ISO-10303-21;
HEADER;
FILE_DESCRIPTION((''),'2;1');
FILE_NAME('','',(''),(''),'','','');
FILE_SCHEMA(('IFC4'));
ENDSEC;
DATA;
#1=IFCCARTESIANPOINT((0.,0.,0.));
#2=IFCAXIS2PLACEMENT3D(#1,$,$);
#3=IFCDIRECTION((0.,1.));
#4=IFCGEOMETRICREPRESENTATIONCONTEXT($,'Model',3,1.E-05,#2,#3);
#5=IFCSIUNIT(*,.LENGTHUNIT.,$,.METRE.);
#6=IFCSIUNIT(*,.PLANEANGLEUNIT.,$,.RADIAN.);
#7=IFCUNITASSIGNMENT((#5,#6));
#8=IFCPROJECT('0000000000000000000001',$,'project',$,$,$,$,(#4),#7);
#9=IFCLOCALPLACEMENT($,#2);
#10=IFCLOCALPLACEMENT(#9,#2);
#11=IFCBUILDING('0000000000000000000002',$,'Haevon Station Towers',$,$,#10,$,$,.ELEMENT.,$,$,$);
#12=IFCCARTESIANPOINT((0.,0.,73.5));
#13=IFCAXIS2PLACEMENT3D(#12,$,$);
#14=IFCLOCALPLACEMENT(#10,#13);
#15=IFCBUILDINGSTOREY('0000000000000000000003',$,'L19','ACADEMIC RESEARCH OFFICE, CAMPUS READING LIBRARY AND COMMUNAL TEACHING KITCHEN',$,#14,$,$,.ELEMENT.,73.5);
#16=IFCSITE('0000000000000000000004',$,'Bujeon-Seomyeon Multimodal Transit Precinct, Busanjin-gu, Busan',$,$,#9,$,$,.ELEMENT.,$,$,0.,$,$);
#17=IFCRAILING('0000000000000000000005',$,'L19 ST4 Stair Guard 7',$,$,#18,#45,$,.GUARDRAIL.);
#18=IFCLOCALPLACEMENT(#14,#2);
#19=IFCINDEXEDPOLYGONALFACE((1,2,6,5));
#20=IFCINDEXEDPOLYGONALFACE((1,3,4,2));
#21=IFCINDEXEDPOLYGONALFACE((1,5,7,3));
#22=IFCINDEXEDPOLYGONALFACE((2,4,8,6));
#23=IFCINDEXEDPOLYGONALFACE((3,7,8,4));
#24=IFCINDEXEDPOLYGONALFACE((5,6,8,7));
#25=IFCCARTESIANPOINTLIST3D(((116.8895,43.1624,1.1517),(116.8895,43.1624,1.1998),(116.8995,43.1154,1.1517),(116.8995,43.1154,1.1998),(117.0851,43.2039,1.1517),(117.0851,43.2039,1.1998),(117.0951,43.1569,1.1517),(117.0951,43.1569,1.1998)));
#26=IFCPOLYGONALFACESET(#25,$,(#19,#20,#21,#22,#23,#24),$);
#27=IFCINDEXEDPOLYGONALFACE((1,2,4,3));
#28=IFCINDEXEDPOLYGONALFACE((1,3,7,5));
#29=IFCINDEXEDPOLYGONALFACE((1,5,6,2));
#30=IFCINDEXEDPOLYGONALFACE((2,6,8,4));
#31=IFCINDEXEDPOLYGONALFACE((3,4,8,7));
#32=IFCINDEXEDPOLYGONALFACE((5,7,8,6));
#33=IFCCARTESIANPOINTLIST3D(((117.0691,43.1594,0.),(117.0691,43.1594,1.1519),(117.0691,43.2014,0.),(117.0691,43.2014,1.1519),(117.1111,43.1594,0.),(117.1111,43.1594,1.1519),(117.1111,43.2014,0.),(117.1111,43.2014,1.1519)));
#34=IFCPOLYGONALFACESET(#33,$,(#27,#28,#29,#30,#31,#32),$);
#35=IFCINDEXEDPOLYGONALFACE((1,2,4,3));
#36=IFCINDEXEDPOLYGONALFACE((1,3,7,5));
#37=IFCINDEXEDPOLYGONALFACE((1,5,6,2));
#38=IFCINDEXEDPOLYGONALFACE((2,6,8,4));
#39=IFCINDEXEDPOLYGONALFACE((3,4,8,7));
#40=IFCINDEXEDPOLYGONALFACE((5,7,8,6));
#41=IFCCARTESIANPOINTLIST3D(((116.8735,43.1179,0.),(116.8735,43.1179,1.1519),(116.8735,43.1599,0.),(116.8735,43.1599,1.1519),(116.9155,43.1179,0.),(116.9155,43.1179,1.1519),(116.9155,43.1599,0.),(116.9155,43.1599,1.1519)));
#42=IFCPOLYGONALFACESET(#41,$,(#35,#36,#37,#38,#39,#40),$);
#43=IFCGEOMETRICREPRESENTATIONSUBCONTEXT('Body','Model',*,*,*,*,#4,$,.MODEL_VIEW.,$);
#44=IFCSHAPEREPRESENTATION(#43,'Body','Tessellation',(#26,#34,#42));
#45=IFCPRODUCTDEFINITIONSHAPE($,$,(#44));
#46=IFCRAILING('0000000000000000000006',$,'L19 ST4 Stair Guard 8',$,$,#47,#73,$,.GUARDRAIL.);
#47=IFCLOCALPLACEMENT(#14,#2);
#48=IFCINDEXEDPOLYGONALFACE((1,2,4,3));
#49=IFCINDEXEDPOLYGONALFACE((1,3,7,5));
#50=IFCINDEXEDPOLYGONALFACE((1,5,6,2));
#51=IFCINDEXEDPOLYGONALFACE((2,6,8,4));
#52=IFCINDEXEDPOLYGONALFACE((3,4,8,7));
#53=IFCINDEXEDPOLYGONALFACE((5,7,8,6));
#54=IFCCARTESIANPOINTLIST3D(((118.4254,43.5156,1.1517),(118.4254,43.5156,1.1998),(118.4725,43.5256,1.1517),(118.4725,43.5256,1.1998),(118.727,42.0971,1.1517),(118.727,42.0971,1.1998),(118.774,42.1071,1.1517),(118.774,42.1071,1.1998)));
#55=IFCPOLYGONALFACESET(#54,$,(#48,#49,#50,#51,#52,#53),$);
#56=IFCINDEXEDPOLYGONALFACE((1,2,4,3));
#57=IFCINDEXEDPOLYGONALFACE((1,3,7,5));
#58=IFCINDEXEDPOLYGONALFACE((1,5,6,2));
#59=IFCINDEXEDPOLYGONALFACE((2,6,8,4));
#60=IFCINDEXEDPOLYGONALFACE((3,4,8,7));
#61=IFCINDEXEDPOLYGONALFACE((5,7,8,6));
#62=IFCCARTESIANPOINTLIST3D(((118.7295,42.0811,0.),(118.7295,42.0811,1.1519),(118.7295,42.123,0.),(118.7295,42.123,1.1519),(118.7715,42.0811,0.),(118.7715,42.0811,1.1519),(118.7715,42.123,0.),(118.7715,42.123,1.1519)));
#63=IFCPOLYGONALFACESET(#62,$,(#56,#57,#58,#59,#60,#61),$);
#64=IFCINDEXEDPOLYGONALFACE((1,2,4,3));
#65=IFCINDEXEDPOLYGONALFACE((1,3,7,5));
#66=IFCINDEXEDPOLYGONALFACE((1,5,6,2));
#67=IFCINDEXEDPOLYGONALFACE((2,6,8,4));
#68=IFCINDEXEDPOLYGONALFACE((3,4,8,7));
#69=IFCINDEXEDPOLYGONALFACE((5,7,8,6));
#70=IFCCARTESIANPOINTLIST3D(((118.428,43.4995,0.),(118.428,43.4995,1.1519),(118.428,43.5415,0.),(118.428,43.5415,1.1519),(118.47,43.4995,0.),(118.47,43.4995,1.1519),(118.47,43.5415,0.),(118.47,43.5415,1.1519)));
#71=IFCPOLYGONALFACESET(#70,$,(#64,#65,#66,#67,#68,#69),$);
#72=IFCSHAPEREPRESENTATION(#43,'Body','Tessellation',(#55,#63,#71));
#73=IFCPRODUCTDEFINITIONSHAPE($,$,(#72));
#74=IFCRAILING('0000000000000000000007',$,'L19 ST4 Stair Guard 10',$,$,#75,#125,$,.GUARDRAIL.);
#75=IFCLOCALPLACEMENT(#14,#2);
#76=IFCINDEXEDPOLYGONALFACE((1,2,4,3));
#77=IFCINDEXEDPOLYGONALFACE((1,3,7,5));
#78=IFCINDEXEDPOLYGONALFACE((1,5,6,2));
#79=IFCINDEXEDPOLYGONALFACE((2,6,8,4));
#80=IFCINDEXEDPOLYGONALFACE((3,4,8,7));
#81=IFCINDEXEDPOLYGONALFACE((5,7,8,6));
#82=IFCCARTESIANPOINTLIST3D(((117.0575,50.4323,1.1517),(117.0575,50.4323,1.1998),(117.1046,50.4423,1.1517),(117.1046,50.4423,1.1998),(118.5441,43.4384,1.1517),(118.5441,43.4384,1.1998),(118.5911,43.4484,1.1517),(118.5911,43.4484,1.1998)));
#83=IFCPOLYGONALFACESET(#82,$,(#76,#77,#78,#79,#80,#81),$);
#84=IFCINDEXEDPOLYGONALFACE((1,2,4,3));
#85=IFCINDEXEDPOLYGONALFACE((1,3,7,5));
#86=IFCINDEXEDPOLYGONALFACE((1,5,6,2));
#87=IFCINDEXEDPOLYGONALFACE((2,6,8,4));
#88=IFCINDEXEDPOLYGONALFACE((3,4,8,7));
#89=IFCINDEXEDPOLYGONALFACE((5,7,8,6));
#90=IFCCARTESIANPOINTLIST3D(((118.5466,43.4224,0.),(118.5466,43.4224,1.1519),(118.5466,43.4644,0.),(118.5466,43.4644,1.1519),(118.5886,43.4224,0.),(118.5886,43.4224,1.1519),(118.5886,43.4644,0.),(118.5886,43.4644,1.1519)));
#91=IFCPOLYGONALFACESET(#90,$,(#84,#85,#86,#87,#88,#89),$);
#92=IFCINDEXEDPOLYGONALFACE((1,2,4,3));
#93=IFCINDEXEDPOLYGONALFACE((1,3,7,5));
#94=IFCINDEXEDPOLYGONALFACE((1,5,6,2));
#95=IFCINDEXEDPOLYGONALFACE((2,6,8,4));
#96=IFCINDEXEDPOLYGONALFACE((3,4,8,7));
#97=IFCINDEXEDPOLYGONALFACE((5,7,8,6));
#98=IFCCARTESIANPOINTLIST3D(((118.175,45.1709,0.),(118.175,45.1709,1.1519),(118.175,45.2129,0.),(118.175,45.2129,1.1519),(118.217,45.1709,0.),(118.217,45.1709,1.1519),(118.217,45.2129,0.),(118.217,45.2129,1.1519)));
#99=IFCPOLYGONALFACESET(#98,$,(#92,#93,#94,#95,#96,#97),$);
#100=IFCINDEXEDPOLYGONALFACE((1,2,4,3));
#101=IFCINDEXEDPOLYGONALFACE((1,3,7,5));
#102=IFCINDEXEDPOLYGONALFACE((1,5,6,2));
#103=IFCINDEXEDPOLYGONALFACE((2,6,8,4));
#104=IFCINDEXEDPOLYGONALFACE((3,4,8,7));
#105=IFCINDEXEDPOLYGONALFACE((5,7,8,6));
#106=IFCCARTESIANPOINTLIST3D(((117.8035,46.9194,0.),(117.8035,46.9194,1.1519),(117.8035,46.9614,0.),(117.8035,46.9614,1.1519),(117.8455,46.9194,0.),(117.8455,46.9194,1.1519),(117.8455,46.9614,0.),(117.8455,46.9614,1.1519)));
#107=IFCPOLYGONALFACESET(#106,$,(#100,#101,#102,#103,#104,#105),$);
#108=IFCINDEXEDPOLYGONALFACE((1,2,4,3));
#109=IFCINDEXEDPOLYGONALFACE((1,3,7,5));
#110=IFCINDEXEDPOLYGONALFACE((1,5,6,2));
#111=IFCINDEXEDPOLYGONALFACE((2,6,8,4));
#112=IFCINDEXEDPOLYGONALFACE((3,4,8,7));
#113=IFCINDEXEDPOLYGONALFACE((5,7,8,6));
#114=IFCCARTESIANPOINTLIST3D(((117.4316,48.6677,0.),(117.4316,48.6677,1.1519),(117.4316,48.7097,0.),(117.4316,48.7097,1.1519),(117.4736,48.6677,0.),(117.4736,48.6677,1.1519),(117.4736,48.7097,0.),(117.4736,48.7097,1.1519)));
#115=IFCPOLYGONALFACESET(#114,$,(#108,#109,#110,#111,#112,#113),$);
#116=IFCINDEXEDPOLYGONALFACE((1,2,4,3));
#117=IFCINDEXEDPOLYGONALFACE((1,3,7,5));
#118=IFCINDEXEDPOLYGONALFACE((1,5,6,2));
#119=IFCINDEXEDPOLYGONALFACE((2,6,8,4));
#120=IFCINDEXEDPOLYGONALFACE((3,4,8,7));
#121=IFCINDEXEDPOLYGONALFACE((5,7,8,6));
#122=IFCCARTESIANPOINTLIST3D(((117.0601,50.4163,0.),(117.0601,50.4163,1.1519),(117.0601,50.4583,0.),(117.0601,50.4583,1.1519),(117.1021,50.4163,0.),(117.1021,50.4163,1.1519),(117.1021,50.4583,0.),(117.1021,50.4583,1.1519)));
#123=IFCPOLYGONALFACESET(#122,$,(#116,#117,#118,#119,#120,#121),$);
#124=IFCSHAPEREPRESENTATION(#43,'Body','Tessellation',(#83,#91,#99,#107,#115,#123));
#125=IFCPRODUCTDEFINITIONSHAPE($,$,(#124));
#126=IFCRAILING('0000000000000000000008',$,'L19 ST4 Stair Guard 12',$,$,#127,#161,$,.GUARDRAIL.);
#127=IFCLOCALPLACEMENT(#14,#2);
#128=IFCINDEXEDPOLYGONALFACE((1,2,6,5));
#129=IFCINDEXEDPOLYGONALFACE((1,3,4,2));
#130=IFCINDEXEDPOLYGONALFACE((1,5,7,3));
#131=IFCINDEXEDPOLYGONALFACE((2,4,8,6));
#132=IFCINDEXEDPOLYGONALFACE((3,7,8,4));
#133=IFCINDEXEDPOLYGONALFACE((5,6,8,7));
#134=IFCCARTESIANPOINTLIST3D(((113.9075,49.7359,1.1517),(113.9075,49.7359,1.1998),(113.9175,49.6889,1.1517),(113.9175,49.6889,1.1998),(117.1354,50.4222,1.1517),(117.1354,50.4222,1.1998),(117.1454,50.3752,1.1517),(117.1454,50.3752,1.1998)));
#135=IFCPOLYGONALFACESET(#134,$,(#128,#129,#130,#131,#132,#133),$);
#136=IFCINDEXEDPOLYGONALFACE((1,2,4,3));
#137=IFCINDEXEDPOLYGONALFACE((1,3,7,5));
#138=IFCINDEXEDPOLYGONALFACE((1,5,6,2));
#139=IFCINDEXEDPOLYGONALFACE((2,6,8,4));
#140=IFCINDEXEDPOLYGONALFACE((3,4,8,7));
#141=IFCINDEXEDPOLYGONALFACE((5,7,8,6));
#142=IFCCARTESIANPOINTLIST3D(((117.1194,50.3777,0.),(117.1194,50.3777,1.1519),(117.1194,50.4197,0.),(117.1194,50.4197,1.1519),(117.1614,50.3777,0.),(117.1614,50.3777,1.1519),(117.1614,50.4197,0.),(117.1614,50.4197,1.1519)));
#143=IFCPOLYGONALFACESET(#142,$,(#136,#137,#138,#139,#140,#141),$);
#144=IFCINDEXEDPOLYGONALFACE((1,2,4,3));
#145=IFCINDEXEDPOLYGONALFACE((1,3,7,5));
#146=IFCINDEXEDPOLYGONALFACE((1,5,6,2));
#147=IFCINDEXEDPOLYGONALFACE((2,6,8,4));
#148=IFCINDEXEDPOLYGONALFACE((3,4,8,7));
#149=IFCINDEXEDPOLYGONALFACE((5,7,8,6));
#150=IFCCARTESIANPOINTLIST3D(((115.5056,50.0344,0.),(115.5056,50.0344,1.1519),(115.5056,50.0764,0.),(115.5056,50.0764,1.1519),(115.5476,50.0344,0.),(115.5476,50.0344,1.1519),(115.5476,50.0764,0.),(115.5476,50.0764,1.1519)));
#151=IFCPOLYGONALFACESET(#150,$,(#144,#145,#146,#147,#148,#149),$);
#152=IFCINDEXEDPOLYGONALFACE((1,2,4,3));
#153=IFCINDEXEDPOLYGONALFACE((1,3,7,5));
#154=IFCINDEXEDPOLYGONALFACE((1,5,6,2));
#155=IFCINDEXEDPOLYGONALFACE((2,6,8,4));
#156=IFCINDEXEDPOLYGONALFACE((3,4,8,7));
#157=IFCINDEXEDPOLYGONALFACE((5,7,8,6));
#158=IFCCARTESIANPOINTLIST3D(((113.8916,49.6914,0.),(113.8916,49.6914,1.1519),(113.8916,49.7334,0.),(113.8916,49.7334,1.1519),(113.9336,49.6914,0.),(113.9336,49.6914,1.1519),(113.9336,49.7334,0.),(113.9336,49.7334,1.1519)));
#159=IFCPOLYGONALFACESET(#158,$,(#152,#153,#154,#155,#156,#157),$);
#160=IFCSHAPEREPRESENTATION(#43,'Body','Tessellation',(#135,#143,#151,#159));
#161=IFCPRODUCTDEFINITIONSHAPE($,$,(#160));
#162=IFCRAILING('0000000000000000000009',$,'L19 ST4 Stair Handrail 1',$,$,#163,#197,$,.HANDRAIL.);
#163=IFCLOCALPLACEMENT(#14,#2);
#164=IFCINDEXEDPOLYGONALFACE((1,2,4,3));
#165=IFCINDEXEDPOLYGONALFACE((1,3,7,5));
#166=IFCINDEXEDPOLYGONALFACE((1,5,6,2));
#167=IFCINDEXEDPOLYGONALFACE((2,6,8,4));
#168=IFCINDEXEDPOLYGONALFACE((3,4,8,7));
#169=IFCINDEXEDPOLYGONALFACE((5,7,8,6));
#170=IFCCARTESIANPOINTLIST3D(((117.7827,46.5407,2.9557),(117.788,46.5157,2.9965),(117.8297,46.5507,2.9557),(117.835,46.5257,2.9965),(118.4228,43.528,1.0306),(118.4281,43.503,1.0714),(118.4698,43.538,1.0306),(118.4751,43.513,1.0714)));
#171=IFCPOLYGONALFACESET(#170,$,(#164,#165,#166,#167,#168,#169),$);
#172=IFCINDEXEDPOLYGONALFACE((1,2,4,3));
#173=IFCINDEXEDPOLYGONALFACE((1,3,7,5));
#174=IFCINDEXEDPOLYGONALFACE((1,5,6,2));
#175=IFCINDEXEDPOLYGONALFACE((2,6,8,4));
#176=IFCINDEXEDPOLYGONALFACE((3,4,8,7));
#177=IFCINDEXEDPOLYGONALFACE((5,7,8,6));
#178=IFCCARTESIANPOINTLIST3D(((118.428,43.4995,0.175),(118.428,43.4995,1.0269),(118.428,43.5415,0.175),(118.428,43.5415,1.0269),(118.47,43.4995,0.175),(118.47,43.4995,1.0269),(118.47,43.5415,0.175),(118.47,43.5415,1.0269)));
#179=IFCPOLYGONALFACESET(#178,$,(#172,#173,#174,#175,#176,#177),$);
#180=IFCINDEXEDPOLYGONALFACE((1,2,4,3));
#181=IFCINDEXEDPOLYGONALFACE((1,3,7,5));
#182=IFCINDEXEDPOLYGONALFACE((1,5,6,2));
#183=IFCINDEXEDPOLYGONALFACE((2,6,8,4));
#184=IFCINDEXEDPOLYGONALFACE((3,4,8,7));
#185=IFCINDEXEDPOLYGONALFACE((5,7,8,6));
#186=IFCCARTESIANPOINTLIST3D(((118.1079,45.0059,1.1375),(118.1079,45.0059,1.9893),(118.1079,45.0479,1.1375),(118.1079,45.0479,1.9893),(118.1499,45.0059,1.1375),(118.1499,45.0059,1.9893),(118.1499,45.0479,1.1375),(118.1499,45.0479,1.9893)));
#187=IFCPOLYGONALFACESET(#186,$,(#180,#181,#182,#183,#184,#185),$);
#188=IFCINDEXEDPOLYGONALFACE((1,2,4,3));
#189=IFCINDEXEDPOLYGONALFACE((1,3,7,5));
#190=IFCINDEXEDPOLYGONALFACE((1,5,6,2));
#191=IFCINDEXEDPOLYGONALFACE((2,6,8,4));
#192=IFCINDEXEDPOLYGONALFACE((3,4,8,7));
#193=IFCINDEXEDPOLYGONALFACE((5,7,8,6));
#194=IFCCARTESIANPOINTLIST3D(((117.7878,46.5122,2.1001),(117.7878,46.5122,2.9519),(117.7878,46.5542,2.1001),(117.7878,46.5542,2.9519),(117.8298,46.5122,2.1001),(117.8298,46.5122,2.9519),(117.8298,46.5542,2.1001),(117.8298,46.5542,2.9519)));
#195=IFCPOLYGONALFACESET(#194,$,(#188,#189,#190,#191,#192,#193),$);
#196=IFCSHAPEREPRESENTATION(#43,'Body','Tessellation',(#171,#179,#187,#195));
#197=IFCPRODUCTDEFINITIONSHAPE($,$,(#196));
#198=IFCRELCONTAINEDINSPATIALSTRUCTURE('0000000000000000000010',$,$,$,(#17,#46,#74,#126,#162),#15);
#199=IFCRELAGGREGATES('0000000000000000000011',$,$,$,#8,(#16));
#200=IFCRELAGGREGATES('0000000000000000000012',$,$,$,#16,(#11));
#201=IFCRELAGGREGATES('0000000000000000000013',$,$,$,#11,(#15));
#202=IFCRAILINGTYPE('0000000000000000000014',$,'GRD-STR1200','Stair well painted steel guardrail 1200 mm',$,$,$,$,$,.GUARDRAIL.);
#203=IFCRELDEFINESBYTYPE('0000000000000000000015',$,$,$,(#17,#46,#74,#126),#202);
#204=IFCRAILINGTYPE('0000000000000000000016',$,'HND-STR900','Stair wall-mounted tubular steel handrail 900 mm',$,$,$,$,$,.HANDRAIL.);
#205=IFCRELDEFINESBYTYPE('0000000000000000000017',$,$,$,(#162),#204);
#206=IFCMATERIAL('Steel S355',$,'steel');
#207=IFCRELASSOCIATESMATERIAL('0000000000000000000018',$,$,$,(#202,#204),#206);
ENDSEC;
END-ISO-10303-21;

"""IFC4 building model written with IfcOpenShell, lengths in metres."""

from ifc_helpers import new_model, si_unit, direction, frame, origin, origin_2d, place, context, subcontext, project, spatial, rectangle, extrude, material, type_object, element, save


model = new_model("IFC4")

# Units and contexts
model_context = context("Model", 3, precision=1e-05, world=origin(), true_north=direction((0.0, 1.0)))
body_context = subcontext(model_context, "Body", "Model", "MODEL_VIEW")
ifc_project = project(units=[si_unit("LENGTHUNIT", "METRE"), si_unit("PLANEANGLEUNIT", "RADIAN")], contexts=[model_context])

# Site, building, storey
site_placement = place(None, origin())
site = spatial("IfcSite", under=ifc_project, at=site_placement, Name="Bujeon-Seomyeon Multimodal Transit Precinct, Busanjin-gu, Busan", CompositionType="ELEMENT", RefElevation=0.0)
building_placement = place(site_placement, origin())
building = spatial("IfcBuilding", under=site, at=building_placement, Name="Haevon Station Towers", CompositionType="ELEMENT")
storey_placement = place(building_placement, frame((0.0, 0.0, 73.5)))
storey = spatial("IfcBuildingStorey", under=building, at=storey_placement, Name="L19", Description="ACADEMIC RESEARCH OFFICE, CAMPUS READING LIBRARY AND COMMUNAL TEACHING KITCHEN", CompositionType="ELEMENT", Elevation=73.5)

# Shared definitions
ifc_material_1 = material(Name="Steel S355", Category="steel")

# Railings
railing_type_1 = type_object("IfcRailingType", Name="GRD-STR1200", Description="Stair well painted steel guardrail 1200 mm", PredefinedType="GUARDRAIL", material=ifc_material_1)
railing_1_placement = place(storey_placement, frame((117.0901, 43.1804, 0.0)))
element("IfcRailing", 1, at=railing_1_placement, inside=storey, type_object=railing_type_1, Name="L19 ST4 Stair Guard 7", PredefinedType="GUARDRAIL", context=body_context, shape_type="SweptSolid", body=[
    extrude(rectangle(XDim=0.0481, YDim=0.0481, at=origin_2d()), frame((0.0, 0.0, 1.1758), z_axis=(-0.978212, -0.20761, 0.0), x_axis=(0.20761, -0.978212, 0.0)), (0.0, 0.0, 1.0), 0.2),
    extrude(rectangle(XDim=0.042, YDim=0.042, at=origin_2d()), origin(), (0.0, 0.0, 1.0), 1.1519),
    extrude(rectangle(XDim=0.042, YDim=0.042, at=origin_2d()), frame((-0.1956, -0.0415, 0.0)), (0.0, 0.0, 1.0), 1.1519),
])
railing_2_placement = place(storey_placement, frame((118.7505, 42.1021, 0.0)))
element("IfcRailing", 2, at=railing_2_placement, inside=storey, type_object=railing_type_1, Name="L19 ST4 Stair Guard 8", PredefinedType="GUARDRAIL", context=body_context, shape_type="SweptSolid", body=[
    extrude(rectangle(XDim=0.0481, YDim=0.0481, at=origin_2d()), frame((0.0, 0.0, 1.1758), z_axis=(-0.207919, 0.978146, 0.0), x_axis=(-0.978146, -0.207919, 0.0)), (0.0, 0.0, 1.0), 1.4502),
    extrude(rectangle(XDim=0.042, YDim=0.042, at=origin_2d()), origin(), (0.0, 0.0, 1.0), 1.1519),
    extrude(rectangle(XDim=0.042, YDim=0.042, at=origin_2d()), frame((-0.3015, 1.4185, 0.0)), (0.0, 0.0, 1.0), 1.1519),
])
railing_3_placement = place(storey_placement, frame((118.5676, 43.4434, 0.0)))
element("IfcRailing", 3, at=railing_3_placement, inside=storey, type_object=railing_type_1, Name="L19 ST4 Stair Guard 10", PredefinedType="GUARDRAIL", context=body_context, shape_type="SweptSolid", body=[
    extrude(rectangle(XDim=0.0481, YDim=0.0481, at=origin_2d()), frame((0.0, 0.0, 1.1758), z_axis=(-0.207908, 0.978148, 0.0), x_axis=(-0.978148, -0.207908, 0.0)), (0.0, 0.0, 1.0), 7.1501),
    extrude(rectangle(XDim=0.042, YDim=0.042, at=origin_2d()), origin(), (0.0, 0.0, 1.0), 1.1519),
    extrude(rectangle(XDim=0.042, YDim=0.042, at=origin_2d()), frame((-0.3716, 1.7485, 0.0)), (0.0, 0.0, 1.0), 1.1519),
    extrude(rectangle(XDim=0.042, YDim=0.042, at=origin_2d()), frame((-0.7432, 3.4971, 0.0)), (0.0, 0.0, 1.0), 1.1519),
    extrude(rectangle(XDim=0.042, YDim=0.042, at=origin_2d()), frame((-1.115, 5.2454, 0.0)), (0.0, 0.0, 1.0), 1.1519),
    extrude(rectangle(XDim=0.042, YDim=0.042, at=origin_2d()), frame((-1.4866, 6.9939, 0.0)), (0.0, 0.0, 1.0), 1.1519),
])
railing_4_placement = place(storey_placement, frame((117.1404, 50.3987, 0.0)))
element("IfcRailing", 4, at=railing_4_placement, inside=storey, type_object=railing_type_1, Name="L19 ST4 Stair Guard 12", PredefinedType="GUARDRAIL", context=body_context, shape_type="SweptSolid", body=[
    extrude(rectangle(XDim=0.0481, YDim=0.0481, at=origin_2d()), frame((0.0, 0.0, 1.1758), z_axis=(-0.978136, -0.207968, 0.0), x_axis=(0.207968, -0.978136, 0.0)), (0.0, 0.0, 1.0), 3.3),
    extrude(rectangle(XDim=0.042, YDim=0.042, at=origin_2d()), origin(), (0.0, 0.0, 1.0), 1.1519),
    extrude(rectangle(XDim=0.042, YDim=0.042, at=origin_2d()), frame((-1.6138, -0.3433, 0.0)), (0.0, 0.0, 1.0), 1.1519),
    extrude(rectangle(XDim=0.042, YDim=0.042, at=origin_2d()), frame((-3.2278, -0.6863, 0.0)), (0.0, 0.0, 1.0), 1.1519),
])
railing_type_2 = type_object("IfcRailingType", Name="HND-STR900", Description="Stair wall-mounted tubular steel handrail 900 mm", PredefinedType="HANDRAIL", material=ifc_material_1)
railing_5_placement = place(storey_placement, frame((118.449, 43.5205, 0.175)))
element("IfcRailing", 5, at=railing_5_placement, inside=storey, type_object=railing_type_2, Name="L19 ST4 Stair Handrail 1", PredefinedType="HANDRAIL", context=body_context, shape_type="SweptSolid", body=[
    extrude(rectangle(XDim=0.0481, YDim=0.0481, at=origin_2d()), frame((0.0, 0.0, 0.876), z_axis=(-0.176246, 0.829471, 0.530014), x_axis=(-0.978163, -0.20784, 0.0)), (0.0, 0.0, 1.0), 3.6321),
    extrude(rectangle(XDim=0.042, YDim=0.042, at=origin_2d()), origin(), (0.0, 0.0, 1.0), 0.8518),
    extrude(rectangle(XDim=0.042, YDim=0.042, at=origin_2d()), frame((-0.3201, 1.5063, 0.9624)), (0.0, 0.0, 1.0), 0.8518),
    extrude(rectangle(XDim=0.042, YDim=0.042, at=origin_2d()), frame((-0.6401, 3.0127, 1.925)), (0.0, 0.0, 1.0), 0.8518),
])

save(model, "model.ifc")
